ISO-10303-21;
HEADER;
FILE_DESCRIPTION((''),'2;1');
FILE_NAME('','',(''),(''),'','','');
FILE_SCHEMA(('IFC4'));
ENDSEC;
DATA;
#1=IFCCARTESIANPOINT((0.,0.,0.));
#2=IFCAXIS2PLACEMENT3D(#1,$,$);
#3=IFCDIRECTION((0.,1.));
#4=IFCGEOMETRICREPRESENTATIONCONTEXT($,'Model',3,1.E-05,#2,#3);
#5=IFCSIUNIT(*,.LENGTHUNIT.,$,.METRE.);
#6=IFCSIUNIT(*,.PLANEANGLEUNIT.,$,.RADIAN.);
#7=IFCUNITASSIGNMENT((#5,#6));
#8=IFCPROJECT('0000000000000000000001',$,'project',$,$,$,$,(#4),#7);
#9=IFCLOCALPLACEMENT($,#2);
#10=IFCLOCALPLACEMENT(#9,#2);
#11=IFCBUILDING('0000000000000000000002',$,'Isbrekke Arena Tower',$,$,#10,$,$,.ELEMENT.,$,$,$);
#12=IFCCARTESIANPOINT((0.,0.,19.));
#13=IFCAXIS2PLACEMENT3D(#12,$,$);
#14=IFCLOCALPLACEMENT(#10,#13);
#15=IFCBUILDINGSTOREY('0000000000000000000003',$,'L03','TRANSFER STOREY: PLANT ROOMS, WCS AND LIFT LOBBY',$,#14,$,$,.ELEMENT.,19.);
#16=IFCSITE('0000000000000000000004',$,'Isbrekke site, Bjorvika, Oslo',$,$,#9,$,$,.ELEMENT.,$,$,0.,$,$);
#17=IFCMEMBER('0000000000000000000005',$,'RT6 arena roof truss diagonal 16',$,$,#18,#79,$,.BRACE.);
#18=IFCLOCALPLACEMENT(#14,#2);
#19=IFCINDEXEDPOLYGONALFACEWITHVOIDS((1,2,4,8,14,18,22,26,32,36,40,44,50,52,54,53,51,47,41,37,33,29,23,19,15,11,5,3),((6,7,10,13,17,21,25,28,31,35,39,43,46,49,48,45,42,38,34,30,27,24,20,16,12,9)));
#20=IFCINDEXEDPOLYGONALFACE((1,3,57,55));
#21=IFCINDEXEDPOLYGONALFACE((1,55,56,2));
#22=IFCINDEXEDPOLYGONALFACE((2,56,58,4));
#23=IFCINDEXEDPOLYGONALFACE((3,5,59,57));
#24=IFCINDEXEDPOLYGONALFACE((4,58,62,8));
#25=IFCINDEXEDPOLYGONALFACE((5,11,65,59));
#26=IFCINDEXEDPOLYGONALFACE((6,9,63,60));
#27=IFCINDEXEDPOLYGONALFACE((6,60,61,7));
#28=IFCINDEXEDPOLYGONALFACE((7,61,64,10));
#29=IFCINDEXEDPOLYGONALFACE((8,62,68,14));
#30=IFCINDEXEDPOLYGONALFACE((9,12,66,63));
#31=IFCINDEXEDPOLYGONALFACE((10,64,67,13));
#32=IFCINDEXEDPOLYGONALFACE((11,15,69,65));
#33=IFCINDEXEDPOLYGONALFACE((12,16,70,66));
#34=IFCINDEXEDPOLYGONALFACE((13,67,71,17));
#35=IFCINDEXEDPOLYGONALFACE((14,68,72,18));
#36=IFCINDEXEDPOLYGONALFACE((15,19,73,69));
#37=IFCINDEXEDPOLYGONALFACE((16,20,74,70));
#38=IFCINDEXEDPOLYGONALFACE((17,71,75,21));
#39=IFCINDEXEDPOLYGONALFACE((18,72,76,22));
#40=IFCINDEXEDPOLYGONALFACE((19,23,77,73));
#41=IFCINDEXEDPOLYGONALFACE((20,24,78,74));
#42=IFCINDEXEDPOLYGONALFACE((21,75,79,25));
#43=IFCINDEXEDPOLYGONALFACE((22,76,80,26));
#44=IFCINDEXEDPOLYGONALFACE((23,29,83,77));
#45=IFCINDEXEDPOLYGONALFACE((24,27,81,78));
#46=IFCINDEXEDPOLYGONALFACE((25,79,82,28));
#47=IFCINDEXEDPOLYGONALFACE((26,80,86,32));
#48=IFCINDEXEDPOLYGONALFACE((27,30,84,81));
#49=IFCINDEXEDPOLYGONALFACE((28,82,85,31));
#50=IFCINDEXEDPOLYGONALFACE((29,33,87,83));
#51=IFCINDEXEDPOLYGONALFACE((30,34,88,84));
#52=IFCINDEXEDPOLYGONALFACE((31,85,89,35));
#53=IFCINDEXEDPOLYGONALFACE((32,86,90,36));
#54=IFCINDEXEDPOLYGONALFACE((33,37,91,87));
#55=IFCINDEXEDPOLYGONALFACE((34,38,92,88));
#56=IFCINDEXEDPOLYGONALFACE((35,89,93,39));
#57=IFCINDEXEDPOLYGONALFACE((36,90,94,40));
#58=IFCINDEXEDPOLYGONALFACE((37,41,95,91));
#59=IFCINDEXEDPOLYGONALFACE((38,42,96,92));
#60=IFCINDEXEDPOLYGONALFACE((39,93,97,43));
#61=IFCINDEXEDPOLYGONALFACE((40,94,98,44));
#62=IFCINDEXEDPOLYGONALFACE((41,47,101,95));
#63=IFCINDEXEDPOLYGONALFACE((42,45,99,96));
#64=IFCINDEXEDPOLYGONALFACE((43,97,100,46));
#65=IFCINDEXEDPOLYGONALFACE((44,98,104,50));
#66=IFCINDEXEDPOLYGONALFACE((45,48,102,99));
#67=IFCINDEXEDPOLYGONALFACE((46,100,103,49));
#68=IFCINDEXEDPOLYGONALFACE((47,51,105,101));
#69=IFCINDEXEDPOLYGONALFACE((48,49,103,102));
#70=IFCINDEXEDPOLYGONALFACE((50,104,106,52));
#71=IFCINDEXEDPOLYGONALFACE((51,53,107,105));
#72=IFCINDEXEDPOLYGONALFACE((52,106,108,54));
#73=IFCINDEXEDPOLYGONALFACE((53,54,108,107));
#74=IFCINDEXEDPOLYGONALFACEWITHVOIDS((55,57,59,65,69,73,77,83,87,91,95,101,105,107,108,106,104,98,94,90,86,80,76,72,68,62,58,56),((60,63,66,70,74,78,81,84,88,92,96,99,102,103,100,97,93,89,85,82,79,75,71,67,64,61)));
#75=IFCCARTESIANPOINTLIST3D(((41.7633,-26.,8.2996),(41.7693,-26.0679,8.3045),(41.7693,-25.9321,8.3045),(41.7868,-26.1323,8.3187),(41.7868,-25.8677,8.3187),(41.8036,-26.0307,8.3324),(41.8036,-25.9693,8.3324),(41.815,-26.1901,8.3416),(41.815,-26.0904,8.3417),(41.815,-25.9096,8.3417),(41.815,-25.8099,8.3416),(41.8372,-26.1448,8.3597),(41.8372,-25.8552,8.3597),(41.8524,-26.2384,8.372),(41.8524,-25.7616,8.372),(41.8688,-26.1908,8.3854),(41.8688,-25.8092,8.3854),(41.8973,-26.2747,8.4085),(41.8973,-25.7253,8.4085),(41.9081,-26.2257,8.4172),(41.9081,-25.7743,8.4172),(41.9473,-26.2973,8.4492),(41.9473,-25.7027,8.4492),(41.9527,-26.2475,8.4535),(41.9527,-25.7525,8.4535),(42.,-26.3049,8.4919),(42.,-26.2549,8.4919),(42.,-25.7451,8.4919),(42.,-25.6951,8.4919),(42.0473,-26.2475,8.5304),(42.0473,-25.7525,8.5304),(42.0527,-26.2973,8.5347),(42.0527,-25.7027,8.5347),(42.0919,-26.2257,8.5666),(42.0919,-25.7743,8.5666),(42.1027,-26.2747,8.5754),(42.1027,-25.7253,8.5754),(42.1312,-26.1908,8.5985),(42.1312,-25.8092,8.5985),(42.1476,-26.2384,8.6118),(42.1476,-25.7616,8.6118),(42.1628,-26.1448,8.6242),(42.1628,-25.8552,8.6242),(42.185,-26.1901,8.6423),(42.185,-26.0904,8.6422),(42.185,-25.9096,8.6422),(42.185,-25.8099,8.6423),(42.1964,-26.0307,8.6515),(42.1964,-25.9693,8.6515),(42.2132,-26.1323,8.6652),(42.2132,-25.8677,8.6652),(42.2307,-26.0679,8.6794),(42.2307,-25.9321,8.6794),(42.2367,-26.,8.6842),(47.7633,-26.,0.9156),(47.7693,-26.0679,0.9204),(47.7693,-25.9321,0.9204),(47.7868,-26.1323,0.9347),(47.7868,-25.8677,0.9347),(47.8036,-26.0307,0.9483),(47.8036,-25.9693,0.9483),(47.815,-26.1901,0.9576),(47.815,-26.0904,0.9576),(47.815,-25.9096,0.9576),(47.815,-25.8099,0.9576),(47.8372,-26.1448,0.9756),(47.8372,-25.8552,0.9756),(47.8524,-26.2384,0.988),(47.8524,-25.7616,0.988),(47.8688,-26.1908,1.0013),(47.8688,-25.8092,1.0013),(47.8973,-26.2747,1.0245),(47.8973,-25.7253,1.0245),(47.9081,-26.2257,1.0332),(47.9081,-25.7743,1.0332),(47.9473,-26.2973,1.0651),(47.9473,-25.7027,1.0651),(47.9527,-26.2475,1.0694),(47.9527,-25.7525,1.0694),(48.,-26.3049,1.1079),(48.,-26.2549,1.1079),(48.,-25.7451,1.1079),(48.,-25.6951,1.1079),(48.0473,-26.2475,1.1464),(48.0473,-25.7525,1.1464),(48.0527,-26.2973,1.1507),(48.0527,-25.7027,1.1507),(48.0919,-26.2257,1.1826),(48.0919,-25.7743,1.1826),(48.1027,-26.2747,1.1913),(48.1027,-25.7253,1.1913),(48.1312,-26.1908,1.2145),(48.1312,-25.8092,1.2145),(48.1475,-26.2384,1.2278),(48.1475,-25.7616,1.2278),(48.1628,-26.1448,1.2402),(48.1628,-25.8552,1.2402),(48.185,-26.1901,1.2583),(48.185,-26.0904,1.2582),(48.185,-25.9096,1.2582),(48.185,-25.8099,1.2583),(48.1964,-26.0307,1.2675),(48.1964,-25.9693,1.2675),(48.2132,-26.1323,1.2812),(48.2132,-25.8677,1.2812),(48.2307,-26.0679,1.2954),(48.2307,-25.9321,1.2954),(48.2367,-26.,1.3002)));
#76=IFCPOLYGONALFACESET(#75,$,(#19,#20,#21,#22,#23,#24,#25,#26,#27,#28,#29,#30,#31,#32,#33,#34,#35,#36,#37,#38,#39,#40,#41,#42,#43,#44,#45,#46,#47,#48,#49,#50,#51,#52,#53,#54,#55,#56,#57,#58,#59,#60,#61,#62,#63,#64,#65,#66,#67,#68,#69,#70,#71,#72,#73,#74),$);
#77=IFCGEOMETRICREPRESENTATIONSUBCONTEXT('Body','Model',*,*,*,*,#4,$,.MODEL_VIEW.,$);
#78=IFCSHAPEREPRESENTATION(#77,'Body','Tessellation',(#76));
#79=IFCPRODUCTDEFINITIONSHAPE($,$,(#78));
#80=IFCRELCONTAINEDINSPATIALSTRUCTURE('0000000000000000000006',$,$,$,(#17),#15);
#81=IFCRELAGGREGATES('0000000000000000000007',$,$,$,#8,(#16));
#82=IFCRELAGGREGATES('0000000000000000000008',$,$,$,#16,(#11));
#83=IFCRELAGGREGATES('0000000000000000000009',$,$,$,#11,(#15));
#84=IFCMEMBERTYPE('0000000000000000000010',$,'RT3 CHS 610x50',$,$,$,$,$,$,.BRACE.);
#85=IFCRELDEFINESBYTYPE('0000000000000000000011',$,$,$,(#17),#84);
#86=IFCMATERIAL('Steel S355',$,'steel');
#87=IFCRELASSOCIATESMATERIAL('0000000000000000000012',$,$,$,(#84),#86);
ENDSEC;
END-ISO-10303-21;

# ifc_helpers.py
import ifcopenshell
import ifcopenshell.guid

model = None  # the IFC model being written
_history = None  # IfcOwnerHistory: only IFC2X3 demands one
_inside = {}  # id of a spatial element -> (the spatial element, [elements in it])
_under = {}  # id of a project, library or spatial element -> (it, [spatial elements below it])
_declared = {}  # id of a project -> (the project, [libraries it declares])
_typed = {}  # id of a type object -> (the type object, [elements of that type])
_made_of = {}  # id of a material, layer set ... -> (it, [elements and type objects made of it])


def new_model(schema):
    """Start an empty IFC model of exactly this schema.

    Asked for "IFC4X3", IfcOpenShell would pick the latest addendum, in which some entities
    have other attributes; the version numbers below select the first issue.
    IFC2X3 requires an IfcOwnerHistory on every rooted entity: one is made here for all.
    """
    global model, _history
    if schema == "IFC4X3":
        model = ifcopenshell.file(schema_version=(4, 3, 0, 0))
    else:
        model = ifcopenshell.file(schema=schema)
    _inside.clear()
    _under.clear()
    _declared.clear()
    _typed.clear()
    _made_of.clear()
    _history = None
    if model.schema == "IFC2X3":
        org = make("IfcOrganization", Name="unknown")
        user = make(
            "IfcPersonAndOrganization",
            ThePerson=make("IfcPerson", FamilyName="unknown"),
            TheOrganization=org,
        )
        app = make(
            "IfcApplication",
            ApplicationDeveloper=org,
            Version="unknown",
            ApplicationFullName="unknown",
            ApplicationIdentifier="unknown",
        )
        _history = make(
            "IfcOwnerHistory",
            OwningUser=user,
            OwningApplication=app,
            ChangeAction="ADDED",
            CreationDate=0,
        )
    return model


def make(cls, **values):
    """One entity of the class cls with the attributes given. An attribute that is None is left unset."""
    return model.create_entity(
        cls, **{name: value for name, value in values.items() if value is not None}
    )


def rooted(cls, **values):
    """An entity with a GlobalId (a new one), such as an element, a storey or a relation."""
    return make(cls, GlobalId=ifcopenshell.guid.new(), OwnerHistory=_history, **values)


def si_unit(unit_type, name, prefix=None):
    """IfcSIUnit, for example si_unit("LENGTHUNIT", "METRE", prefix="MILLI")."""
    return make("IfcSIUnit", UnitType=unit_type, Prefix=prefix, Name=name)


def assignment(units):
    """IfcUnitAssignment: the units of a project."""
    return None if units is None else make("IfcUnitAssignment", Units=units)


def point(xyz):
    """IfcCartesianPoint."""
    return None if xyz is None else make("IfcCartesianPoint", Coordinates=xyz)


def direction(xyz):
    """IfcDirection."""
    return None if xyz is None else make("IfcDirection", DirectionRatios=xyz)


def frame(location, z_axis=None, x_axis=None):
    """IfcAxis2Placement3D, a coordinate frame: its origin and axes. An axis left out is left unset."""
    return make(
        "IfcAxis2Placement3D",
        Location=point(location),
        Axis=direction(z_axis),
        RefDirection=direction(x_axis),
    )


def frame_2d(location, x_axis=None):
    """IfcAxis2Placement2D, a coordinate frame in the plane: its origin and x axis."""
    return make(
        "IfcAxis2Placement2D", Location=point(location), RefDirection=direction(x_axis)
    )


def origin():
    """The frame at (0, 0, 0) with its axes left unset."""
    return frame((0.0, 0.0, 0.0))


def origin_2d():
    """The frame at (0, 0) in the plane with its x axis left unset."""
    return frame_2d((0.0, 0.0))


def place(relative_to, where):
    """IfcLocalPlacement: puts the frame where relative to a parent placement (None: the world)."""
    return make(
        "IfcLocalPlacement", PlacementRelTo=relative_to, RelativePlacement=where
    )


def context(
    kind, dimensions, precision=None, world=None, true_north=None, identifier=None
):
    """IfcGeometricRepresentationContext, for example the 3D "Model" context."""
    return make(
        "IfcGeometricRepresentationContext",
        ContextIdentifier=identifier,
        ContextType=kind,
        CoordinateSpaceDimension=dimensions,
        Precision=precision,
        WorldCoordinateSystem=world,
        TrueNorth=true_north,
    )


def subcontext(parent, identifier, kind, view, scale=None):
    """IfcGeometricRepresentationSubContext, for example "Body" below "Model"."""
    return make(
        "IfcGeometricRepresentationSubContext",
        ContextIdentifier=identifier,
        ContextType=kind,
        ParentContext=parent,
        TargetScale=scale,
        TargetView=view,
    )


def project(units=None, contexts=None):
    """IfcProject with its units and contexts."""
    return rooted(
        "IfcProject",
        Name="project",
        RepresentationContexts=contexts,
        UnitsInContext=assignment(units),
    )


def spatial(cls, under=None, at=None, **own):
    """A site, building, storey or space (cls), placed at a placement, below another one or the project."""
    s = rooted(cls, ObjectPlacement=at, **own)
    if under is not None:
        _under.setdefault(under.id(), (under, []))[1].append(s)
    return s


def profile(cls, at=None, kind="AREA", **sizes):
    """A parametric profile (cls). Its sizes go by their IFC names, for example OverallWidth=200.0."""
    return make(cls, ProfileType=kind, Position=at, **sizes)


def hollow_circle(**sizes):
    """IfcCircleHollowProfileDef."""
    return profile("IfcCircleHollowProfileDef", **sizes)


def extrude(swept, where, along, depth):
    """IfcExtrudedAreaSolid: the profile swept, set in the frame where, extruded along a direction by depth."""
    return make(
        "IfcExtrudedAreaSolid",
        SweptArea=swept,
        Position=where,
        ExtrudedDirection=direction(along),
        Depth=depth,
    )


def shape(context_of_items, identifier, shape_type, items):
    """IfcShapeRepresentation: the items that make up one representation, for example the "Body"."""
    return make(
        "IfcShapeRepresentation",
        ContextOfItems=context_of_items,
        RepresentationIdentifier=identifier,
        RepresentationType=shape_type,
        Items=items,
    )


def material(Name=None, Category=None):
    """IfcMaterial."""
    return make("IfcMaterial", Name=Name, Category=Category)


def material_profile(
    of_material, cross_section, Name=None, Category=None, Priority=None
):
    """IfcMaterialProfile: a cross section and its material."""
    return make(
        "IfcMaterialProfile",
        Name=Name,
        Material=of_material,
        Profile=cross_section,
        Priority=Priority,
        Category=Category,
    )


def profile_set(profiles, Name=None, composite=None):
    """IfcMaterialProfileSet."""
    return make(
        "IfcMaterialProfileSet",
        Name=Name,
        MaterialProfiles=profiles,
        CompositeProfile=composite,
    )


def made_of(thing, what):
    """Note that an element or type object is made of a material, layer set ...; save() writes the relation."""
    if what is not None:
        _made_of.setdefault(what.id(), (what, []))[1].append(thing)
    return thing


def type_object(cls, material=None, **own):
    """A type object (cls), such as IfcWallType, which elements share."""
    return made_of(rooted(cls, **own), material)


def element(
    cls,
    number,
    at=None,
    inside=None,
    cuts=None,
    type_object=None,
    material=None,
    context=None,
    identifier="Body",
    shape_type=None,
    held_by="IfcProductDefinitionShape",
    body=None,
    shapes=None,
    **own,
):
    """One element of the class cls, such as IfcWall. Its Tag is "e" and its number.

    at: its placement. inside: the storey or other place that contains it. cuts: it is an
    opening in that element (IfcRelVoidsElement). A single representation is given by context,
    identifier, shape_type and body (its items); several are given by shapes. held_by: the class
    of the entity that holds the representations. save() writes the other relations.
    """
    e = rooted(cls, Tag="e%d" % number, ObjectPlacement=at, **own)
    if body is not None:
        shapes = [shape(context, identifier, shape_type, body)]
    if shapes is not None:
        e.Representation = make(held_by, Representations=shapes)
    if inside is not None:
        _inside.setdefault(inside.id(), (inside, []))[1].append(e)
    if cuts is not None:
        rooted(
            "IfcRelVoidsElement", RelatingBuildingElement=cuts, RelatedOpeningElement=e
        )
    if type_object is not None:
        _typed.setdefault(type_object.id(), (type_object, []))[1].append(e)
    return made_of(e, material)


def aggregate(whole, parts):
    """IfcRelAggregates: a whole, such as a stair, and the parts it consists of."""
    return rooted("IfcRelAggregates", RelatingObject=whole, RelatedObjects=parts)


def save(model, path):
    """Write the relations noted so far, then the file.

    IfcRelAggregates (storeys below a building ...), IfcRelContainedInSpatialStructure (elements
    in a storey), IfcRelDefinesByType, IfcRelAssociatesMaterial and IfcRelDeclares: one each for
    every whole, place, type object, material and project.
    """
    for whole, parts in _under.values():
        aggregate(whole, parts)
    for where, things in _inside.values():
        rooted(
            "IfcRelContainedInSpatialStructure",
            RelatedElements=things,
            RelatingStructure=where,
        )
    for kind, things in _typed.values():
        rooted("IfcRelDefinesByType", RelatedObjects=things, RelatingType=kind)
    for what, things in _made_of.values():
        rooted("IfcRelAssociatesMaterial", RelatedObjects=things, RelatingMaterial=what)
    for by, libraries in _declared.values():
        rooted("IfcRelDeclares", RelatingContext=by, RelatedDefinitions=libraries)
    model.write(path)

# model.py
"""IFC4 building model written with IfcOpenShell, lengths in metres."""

from ifc_helpers import new_model, si_unit, direction, frame, origin, origin_2d, place, context, subcontext, project, spatial, hollow_circle, extrude, material, material_profile, profile_set, type_object, element, save


model = new_model("IFC4")

# Units and contexts
model_context = context("Model", 3, precision=1e-05, world=origin(), true_north=direction((0.0, 1.0)))
body_context = subcontext(model_context, "Body", "Model", "MODEL_VIEW")
ifc_project = project(units=[si_unit("LENGTHUNIT", "METRE"), si_unit("PLANEANGLEUNIT", "RADIAN")], contexts=[model_context])

# Site, building, storey
site_placement = place(None, origin())
site = spatial("IfcSite", under=ifc_project, at=site_placement, Name="Isbrekke site, Bjorvika, Oslo", CompositionType="ELEMENT", RefElevation=0.0)
building_placement = place(site_placement, origin())
building = spatial("IfcBuilding", under=site, at=building_placement, Name="Isbrekke Arena Tower", CompositionType="ELEMENT")
storey_placement = place(building_placement, frame((0.0, 0.0, 19.0)))
storey = spatial("IfcBuildingStorey", under=building, at=storey_placement, Name="L03", Description="TRANSFER STOREY: PLANT ROOMS, WCS AND LIFT LOBBY", CompositionType="ELEMENT", Elevation=19.0)

# Member
ifc_material_1 = material(Name="Steel S355", Category="steel")
ifc_material_profile_1 = material_profile(ifc_material_1, hollow_circle(Radius=0.3049, WallThickness=0.05, at=origin_2d()), Name="CHS 610x50")
ifc_profile_set_1 = profile_set([ifc_material_profile_1], Name="Steel S355")
member_type_1 = type_object("IfcMemberType", Name="RT3 CHS 610x50", PredefinedType="BRACE", material=ifc_profile_set_1)
for number, where, z_axis, x_axis, name in (
    (1, (42.0, -26.0, 8.4919), (0.630623, 0.0, -0.77609), (0.0, 1.0, 0.0), "RT6 arena roof truss diagonal 16"),
):
    element("IfcMember", number, at=place(storey_placement, frame(where, z_axis=z_axis, x_axis=x_axis)), inside=storey, type_object=member_type_1, Name=name, PredefinedType="BRACE", context=body_context, shape_type="SweptSolid", body=[
        extrude(hollow_circle(Radius=0.3049, WallThickness=0.05, at=origin_2d()), origin(), (0.0, 0.0, 1.0), 9.5144),
    ])

save(model, "model.ifc")
